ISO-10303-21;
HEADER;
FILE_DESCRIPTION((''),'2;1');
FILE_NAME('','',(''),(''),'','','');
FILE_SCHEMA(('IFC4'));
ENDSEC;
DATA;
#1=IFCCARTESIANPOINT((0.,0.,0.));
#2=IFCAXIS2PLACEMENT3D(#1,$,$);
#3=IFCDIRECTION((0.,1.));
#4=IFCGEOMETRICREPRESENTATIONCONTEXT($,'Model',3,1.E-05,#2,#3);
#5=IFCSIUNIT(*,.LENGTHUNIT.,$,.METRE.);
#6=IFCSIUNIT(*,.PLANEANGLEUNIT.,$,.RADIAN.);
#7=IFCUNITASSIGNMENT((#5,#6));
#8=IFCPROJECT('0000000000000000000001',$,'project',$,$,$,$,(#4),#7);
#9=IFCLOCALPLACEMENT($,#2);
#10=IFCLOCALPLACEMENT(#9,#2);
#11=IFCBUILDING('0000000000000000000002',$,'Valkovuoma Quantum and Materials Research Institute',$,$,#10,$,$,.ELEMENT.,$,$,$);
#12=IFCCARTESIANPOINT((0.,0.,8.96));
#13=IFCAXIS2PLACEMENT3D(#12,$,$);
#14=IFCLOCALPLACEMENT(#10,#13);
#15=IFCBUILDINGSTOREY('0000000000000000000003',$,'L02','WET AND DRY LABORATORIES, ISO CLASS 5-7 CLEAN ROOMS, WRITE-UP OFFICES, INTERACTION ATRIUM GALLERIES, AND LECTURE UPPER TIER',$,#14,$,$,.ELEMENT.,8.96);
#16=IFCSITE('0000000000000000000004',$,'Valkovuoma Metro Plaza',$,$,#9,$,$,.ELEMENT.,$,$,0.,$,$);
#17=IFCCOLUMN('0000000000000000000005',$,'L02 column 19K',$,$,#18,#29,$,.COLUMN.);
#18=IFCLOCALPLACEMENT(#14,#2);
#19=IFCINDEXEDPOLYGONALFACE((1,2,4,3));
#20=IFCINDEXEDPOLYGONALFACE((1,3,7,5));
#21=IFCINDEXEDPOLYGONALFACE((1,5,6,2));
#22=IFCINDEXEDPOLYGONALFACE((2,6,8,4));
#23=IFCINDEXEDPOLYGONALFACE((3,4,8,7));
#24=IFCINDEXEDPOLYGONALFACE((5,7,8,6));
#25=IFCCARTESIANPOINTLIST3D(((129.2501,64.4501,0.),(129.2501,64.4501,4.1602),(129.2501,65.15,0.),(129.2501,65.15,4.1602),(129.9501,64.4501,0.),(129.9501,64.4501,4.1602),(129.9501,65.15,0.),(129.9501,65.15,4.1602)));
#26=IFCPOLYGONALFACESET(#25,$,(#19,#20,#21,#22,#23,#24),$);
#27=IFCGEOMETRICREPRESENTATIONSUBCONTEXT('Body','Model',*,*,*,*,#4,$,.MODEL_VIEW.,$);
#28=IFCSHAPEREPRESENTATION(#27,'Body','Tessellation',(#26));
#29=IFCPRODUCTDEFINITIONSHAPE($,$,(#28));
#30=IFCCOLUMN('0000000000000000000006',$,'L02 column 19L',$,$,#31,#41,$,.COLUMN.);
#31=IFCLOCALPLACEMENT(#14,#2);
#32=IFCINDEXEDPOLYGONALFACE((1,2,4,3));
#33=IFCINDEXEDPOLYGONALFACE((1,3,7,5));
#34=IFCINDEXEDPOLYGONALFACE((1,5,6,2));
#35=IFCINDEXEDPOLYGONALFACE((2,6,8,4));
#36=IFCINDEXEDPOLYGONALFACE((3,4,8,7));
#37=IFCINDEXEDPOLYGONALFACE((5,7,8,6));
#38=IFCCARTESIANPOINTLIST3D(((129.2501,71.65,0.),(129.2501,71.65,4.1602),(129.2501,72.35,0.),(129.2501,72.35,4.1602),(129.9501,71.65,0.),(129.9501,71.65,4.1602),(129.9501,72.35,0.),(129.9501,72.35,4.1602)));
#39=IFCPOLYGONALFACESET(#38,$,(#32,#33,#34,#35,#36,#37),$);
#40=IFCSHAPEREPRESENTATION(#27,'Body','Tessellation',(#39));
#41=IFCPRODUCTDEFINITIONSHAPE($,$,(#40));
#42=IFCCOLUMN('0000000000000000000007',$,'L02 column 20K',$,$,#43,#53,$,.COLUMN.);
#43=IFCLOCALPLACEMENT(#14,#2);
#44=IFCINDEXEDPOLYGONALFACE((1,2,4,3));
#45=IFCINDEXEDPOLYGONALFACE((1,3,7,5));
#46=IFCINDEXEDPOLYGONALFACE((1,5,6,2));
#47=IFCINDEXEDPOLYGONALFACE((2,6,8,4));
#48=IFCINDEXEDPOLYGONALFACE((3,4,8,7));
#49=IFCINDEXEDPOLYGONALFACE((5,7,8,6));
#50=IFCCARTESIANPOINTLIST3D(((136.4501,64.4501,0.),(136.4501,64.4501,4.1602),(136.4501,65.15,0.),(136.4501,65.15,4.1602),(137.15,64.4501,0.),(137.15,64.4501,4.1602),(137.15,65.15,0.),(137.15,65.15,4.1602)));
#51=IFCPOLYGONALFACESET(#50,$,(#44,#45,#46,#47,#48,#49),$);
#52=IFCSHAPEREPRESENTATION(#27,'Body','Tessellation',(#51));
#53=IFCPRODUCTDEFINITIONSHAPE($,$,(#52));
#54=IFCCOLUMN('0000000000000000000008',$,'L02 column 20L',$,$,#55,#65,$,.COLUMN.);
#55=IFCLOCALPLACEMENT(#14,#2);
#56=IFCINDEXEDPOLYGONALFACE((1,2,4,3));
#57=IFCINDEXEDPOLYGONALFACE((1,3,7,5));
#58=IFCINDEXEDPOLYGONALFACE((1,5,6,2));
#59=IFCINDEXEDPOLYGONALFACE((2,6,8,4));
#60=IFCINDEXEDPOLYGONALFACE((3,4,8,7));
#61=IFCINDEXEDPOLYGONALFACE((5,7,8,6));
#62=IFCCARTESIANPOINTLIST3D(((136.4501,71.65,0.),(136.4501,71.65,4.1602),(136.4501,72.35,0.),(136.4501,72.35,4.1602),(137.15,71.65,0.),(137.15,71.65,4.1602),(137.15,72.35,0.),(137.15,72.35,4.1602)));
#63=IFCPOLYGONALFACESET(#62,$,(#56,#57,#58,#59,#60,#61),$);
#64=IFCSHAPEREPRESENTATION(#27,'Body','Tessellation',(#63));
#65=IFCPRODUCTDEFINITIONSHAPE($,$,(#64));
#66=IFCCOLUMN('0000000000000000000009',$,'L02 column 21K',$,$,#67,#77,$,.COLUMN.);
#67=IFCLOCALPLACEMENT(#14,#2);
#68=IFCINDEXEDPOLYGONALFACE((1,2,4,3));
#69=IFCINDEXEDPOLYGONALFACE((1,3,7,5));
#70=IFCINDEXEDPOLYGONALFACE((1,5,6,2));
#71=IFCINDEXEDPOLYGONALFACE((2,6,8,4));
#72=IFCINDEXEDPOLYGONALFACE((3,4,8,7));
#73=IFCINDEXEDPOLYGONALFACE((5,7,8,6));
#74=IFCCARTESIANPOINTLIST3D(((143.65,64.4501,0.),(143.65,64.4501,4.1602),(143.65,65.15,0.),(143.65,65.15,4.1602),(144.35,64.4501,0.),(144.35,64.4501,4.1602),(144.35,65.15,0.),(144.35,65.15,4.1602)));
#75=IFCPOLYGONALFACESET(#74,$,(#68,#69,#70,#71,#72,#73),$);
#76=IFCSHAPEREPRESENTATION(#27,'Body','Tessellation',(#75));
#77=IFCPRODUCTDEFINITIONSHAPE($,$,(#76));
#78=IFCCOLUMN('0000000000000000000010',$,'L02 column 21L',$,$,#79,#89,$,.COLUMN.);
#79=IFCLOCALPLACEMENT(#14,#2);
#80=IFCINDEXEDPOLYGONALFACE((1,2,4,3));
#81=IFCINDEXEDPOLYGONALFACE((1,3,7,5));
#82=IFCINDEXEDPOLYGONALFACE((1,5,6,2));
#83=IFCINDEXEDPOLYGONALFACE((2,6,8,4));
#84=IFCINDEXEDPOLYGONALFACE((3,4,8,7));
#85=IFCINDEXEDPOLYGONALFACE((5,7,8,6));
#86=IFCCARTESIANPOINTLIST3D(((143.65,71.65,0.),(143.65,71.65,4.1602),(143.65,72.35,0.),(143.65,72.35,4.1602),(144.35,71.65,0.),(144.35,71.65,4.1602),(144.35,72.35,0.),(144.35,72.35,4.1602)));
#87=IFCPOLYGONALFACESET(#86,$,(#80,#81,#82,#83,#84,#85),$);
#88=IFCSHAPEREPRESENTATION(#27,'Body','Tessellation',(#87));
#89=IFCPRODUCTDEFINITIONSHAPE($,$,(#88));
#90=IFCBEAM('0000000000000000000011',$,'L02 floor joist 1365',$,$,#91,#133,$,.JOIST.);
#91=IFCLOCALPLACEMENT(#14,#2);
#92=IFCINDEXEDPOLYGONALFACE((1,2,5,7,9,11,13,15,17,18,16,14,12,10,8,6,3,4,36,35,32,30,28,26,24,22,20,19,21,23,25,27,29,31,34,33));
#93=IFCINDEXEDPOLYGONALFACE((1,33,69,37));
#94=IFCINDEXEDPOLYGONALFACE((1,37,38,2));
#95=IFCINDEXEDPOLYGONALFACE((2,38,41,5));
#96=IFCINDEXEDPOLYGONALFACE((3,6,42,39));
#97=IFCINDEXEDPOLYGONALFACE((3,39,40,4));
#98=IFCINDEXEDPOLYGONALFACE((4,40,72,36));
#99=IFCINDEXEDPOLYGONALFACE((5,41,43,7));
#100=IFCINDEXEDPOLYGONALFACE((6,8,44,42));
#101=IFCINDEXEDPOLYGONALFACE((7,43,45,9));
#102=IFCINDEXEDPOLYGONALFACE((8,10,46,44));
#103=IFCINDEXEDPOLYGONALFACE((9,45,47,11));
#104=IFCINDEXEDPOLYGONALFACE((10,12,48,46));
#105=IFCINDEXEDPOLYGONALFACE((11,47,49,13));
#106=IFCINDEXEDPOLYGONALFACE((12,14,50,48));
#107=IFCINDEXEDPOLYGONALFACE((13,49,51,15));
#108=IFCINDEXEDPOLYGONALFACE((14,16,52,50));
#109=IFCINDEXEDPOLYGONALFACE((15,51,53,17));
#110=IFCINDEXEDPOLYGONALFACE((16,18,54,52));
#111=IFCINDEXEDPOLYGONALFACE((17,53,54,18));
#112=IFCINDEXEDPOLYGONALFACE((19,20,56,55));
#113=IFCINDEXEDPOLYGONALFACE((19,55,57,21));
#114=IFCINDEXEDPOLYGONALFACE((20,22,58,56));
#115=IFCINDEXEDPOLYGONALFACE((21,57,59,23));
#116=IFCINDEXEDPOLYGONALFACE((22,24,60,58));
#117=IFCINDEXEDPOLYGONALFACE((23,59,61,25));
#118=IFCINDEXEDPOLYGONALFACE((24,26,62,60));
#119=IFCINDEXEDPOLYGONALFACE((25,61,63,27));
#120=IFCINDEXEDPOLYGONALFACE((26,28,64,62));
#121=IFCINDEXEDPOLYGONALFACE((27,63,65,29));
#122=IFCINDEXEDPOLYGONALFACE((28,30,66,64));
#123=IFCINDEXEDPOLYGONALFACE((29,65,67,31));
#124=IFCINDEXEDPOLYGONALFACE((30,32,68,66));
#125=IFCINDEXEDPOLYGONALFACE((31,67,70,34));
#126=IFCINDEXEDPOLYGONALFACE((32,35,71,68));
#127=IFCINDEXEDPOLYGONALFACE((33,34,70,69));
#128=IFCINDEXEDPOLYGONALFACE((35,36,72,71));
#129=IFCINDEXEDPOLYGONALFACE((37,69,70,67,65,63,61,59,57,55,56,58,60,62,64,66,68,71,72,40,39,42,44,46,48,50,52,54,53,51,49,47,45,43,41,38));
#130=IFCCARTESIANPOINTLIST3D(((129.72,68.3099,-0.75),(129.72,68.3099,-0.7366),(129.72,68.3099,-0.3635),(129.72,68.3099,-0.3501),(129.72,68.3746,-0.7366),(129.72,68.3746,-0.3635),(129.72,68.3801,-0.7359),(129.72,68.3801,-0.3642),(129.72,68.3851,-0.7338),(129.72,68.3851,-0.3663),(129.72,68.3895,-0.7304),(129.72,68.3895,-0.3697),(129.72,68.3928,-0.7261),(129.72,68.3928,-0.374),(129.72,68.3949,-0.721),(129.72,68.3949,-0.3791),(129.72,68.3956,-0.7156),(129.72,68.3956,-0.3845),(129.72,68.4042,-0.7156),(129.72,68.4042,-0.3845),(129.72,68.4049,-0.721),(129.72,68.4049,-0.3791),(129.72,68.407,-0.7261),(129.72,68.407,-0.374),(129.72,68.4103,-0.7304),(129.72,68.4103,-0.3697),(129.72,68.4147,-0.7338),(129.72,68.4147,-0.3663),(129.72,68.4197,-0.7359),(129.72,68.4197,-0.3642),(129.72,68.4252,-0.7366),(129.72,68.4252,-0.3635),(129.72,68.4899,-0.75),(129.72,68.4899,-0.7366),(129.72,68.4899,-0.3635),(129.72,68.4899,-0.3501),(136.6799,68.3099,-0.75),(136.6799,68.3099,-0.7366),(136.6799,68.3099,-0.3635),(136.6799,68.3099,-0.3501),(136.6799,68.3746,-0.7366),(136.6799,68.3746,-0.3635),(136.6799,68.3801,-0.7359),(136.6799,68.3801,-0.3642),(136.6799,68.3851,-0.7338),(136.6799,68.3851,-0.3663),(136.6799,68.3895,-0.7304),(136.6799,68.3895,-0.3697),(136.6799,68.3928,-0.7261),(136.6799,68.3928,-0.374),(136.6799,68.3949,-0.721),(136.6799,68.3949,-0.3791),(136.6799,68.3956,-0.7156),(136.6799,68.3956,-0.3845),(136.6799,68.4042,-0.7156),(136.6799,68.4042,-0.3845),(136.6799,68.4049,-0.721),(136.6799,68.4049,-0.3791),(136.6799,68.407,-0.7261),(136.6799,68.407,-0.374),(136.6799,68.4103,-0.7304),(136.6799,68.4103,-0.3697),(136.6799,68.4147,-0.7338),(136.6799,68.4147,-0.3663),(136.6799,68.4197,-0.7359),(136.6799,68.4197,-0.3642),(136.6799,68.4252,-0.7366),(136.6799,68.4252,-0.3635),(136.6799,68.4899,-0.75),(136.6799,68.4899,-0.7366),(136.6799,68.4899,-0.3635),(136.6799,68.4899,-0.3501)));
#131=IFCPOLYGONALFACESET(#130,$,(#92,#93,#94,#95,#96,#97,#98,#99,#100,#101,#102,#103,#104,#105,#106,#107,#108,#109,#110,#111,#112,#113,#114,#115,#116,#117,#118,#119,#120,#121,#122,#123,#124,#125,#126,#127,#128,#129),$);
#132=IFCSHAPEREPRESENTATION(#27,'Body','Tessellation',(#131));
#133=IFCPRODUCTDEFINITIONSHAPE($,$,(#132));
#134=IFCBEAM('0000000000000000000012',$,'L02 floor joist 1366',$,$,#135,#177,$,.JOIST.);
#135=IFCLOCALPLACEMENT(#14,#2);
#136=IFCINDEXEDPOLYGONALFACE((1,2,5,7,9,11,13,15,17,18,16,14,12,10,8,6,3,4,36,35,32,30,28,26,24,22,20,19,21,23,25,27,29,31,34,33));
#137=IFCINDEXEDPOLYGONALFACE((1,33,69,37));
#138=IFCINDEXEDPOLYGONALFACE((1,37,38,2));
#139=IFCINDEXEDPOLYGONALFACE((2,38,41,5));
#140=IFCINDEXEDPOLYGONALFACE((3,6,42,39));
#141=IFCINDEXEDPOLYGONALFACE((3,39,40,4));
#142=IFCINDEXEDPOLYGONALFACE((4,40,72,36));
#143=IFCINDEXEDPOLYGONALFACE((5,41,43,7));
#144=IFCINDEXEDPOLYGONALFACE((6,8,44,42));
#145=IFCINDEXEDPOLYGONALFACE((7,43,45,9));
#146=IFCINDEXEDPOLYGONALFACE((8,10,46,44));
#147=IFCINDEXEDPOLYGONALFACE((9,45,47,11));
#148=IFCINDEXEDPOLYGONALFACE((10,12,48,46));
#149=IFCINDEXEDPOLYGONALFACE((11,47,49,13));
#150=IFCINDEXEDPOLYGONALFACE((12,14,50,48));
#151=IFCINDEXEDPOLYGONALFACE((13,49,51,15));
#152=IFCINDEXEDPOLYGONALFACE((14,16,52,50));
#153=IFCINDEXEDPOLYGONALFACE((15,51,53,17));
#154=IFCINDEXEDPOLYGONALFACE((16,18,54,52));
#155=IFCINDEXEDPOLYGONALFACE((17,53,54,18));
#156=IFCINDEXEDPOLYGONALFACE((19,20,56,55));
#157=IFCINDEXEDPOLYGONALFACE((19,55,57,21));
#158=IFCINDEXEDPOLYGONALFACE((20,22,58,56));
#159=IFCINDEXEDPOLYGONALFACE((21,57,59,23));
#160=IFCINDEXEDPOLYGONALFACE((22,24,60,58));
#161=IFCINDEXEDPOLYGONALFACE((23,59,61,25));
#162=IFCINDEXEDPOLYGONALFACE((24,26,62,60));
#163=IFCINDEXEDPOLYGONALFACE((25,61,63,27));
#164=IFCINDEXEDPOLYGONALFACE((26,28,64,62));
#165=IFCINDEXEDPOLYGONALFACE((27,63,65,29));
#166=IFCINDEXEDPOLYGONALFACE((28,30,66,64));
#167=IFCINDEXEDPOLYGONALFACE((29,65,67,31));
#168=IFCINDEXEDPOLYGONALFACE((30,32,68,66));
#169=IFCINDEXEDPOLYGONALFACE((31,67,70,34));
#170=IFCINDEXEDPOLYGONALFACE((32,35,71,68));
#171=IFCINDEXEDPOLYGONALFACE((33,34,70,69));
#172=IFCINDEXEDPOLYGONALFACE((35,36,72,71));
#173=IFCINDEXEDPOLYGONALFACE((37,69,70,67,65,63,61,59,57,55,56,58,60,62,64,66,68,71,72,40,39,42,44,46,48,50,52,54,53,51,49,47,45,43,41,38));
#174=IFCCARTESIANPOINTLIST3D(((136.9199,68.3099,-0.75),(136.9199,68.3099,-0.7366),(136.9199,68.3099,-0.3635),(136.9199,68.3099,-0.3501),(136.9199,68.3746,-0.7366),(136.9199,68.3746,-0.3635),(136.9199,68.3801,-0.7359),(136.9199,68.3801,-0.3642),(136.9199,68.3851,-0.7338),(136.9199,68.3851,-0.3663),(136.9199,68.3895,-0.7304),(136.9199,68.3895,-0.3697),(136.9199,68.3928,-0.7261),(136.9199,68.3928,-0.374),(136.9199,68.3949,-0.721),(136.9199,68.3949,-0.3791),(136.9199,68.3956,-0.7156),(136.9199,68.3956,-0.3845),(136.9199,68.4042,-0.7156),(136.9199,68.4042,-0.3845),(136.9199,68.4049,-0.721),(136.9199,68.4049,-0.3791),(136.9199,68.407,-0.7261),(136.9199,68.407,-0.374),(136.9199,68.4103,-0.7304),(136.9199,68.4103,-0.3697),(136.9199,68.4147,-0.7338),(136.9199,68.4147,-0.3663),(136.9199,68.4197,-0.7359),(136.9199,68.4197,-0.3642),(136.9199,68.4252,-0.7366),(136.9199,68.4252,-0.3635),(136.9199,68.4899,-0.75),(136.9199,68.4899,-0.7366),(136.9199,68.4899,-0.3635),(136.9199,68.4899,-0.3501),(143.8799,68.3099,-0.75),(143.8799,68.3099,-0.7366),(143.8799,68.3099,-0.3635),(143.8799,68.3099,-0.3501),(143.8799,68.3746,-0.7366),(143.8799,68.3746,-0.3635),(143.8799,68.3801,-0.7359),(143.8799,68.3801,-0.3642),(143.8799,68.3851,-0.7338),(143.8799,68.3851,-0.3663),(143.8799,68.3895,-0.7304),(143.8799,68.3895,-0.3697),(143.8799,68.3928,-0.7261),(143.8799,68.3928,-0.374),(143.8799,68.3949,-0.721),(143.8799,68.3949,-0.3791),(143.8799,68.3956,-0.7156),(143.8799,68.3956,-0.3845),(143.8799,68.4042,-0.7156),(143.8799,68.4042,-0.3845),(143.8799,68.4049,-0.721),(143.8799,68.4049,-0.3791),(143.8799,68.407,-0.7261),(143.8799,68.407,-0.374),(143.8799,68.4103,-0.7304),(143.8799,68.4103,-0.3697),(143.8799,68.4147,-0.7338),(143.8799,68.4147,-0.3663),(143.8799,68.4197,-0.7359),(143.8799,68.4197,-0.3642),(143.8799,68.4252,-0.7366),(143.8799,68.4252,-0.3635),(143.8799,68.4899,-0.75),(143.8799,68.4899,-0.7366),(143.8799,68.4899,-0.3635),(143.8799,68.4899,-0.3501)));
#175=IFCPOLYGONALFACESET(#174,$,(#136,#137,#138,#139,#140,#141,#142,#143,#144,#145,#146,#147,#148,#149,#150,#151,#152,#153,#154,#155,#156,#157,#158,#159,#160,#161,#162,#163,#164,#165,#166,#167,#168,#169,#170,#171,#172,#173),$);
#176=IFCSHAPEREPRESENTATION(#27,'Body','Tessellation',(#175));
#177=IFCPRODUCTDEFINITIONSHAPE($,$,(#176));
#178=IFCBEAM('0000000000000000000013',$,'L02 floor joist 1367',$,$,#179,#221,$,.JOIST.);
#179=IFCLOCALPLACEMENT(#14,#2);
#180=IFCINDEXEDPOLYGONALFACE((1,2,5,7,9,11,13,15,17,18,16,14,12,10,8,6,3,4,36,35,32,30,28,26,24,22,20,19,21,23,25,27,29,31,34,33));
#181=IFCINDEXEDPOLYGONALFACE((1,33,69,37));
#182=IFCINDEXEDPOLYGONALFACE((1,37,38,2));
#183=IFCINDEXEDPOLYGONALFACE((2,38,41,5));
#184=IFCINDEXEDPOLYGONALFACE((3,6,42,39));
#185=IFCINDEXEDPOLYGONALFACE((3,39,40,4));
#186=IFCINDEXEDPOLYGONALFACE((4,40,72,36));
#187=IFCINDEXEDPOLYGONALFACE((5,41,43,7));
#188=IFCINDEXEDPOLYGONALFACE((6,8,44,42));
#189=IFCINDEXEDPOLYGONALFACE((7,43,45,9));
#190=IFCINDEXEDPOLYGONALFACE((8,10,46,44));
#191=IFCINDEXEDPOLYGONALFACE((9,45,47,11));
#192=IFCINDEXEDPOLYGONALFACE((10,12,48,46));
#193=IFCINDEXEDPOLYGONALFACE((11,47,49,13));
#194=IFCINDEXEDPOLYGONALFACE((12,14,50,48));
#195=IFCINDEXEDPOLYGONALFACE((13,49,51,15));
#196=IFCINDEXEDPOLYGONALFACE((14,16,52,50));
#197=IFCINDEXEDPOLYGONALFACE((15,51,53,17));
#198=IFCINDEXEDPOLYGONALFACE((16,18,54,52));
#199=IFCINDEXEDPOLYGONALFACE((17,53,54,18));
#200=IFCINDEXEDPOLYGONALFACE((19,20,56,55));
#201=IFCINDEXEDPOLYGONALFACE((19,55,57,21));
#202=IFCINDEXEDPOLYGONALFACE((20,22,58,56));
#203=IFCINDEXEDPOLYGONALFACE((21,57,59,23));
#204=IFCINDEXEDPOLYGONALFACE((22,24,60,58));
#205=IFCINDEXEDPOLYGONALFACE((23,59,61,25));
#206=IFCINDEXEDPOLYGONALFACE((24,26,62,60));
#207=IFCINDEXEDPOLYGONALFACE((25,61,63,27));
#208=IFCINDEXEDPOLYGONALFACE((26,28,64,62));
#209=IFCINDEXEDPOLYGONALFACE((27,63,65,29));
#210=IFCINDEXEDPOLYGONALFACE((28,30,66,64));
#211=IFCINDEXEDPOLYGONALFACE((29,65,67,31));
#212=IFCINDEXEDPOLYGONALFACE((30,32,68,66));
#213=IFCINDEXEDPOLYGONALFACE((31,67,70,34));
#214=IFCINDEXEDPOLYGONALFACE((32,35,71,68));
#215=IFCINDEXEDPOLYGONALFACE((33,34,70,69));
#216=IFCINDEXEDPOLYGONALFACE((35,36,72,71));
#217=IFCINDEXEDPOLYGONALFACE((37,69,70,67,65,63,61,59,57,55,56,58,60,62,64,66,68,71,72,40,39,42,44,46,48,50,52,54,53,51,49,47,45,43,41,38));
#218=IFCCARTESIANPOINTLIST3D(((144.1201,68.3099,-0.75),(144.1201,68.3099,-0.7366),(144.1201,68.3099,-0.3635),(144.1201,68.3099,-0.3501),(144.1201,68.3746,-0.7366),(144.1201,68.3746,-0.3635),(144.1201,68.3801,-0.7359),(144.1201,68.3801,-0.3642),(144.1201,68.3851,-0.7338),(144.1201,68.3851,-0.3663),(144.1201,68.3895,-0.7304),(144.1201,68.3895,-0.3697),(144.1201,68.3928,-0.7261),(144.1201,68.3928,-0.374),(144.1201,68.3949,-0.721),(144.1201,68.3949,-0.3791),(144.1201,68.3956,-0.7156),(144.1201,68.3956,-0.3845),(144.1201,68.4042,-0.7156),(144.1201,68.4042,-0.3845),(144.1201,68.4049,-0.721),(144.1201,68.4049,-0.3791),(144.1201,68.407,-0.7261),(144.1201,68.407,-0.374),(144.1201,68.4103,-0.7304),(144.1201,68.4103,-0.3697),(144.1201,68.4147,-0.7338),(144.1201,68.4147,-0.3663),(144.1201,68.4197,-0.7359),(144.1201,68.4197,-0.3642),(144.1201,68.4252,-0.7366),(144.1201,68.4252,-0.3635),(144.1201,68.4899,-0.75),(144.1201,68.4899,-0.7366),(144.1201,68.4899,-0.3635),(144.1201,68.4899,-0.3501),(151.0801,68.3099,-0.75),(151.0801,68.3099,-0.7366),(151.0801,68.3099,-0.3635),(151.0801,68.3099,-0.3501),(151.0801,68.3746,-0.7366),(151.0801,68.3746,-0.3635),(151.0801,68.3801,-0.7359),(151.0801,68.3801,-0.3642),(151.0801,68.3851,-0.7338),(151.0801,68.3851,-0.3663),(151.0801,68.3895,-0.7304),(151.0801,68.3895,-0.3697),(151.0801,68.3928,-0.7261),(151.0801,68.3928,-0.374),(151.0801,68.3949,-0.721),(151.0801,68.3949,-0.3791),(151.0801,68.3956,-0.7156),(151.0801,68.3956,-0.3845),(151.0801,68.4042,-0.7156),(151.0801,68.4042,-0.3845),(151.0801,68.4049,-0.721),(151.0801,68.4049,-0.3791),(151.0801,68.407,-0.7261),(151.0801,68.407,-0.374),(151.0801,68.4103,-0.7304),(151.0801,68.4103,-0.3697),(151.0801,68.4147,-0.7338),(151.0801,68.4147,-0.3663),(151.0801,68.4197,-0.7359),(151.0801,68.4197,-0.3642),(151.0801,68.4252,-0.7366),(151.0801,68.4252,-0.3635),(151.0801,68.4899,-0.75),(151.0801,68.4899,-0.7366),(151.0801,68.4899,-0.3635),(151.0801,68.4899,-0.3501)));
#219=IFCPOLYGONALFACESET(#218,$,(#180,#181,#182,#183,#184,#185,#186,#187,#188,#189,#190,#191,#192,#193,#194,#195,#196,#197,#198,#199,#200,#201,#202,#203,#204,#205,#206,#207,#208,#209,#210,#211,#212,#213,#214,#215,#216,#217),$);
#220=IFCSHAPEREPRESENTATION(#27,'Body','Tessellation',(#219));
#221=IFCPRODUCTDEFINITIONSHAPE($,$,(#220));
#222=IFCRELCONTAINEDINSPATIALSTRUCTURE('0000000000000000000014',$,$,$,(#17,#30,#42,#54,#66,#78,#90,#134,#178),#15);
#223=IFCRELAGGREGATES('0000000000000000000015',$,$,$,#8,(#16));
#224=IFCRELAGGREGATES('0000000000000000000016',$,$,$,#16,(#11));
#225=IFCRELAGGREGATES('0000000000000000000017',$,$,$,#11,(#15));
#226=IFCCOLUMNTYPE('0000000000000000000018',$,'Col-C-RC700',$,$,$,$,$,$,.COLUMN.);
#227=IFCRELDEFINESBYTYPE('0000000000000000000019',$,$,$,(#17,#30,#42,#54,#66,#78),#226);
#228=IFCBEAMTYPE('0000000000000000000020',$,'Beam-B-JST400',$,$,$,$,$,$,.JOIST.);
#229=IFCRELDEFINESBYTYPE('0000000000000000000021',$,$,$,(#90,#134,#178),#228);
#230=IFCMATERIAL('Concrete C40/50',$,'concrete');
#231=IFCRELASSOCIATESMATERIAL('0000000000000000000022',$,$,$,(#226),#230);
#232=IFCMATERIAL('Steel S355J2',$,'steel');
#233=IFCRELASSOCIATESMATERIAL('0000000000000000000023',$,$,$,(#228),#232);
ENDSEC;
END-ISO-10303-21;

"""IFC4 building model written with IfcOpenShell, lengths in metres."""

from ifc_helpers import new_model, si_unit, direction, frame, origin, origin_2d, place, context, subcontext, project, spatial, rectangle, i_section, extrude, material, material_profile, profile_set, type_object, element, save


model = new_model("IFC4")

# Units and contexts
model_context = context("Model", 3, precision=1e-05, world=origin(), true_north=direction((0.0, 1.0)))
body_context = subcontext(model_context, "Body", "Model", "MODEL_VIEW")
ifc_project = project(units=[si_unit("LENGTHUNIT", "METRE"), si_unit("PLANEANGLEUNIT", "RADIAN")], contexts=[model_context])

# Site, building, storey
site_placement = place(None, origin())
site = spatial("IfcSite", under=ifc_project, at=site_placement, Name="Valkovuoma Metro Plaza", CompositionType="ELEMENT", RefElevation=0.0)
building_placement = place(site_placement, origin())
building = spatial("IfcBuilding", under=site, at=building_placement, Name="Valkovuoma Quantum and Materials Research Institute", CompositionType="ELEMENT")
storey_placement = place(building_placement, frame((0.0, 0.0, 8.96)))
storey = spatial("IfcBuildingStorey", under=building, at=storey_placement, Name="L02", Description="WET AND DRY LABORATORIES, ISO CLASS 5-7 CLEAN ROOMS, WRITE-UP OFFICES, INTERACTION ATRIUM GALLERIES, AND LECTURE UPPER TIER", CompositionType="ELEMENT", Elevation=8.96)

# Columns
ifc_material_1 = material(Name="Concrete C40/50", Category="concrete")
ifc_material_profile_1 = material_profile(ifc_material_1, rectangle(XDim=0.7, YDim=0.7, at=origin_2d()), Name="Concrete C40/50")
ifc_profile_set_1 = profile_set([ifc_material_profile_1], Name="Concrete C40/50")
column_type = type_object("IfcColumnType", Name="Col-C-RC700", PredefinedType="COLUMN", material=ifc_profile_set_1)
for number, where, z_axis, x_axis, name in (
    (1, (129.6001, 64.8, 0.0), (0.0, 0.0, 1.0), (1.0, 0.0, 0.0), "L02 column 19K"),
    (2, (129.6001, 72.0, 0.0), (0.0, 0.0, 1.0), (1.0, 0.0, 0.0), "L02 column 19L"),
    (3, (136.8, 64.8, 0.0), (0.0, 0.0, 1.0), (1.0, 0.0, 0.0), "L02 column 20K"),
    (4, (136.8, 72.0, 0.0), (0.0, 0.0, 1.0), (1.0, 0.0, 0.0), "L02 column 20L"),
    (5, (144.0, 64.8, 0.0), (0.0, 0.0, 1.0), (1.0, 0.0, 0.0), "L02 column 21K"),
    (6, (144.0, 72.0, 0.0), (0.0, 0.0, 1.0), (1.0, 0.0, 0.0), "L02 column 21L"),
):
    element("IfcColumn", number, at=place(storey_placement, frame(where, z_axis=z_axis, x_axis=x_axis)), inside=storey, type_object=column_type, Name=name, PredefinedType="COLUMN", context=body_context, shape_type="SweptSolid", body=[
        extrude(rectangle(XDim=0.7, YDim=0.7, at=origin_2d()), origin(), (0.0, 0.0, 1.0), 4.1602),
    ])

# Beams
ifc_material_2 = material(Name="Steel S355J2", Category="steel")
ifc_material_profile_2 = material_profile(ifc_material_2, i_section(OverallWidth=0.1799, OverallDepth=0.3999, WebThickness=0.0085, FlangeThickness=0.0134, FilletRadius=0.021, at=origin_2d()), Name="Steel S355J2")
ifc_profile_set_2 = profile_set([ifc_material_profile_2], Name="Steel S355J2")
beam_type_1 = type_object("IfcBeamType", Name="Beam-B-JST400", PredefinedType="JOIST", material=ifc_profile_set_2)
for number, where, z_axis, x_axis, name in (
    (7, (129.72, 68.3999, -0.55), (1.0, 0.0, 0.0), (0.0, 1.0, 0.0), "L02 floor joist 1365"),
    (8, (136.9199, 68.3999, -0.55), (1.0, 0.0, 0.0), (0.0, 1.0, 0.0), "L02 floor joist 1366"),
    (9, (144.1201, 68.3999, -0.55), (1.0, 0.0, 0.0), (0.0, 1.0, 0.0), "L02 floor joist 1367"),
):
    element("IfcBeam", number, at=place(storey_placement, frame(where, z_axis=z_axis, x_axis=x_axis)), inside=storey, type_object=beam_type_1, Name=name, PredefinedType="JOIST", context=body_context, shape_type="SweptSolid", body=[
        extrude(i_section(OverallWidth=0.1799, OverallDepth=0.3999, WebThickness=0.0085, FlangeThickness=0.0134, FilletRadius=0.021, at=origin_2d()), origin(), (0.0, 0.0, 1.0), 6.96),
    ])

save(model, "model.ifc")
